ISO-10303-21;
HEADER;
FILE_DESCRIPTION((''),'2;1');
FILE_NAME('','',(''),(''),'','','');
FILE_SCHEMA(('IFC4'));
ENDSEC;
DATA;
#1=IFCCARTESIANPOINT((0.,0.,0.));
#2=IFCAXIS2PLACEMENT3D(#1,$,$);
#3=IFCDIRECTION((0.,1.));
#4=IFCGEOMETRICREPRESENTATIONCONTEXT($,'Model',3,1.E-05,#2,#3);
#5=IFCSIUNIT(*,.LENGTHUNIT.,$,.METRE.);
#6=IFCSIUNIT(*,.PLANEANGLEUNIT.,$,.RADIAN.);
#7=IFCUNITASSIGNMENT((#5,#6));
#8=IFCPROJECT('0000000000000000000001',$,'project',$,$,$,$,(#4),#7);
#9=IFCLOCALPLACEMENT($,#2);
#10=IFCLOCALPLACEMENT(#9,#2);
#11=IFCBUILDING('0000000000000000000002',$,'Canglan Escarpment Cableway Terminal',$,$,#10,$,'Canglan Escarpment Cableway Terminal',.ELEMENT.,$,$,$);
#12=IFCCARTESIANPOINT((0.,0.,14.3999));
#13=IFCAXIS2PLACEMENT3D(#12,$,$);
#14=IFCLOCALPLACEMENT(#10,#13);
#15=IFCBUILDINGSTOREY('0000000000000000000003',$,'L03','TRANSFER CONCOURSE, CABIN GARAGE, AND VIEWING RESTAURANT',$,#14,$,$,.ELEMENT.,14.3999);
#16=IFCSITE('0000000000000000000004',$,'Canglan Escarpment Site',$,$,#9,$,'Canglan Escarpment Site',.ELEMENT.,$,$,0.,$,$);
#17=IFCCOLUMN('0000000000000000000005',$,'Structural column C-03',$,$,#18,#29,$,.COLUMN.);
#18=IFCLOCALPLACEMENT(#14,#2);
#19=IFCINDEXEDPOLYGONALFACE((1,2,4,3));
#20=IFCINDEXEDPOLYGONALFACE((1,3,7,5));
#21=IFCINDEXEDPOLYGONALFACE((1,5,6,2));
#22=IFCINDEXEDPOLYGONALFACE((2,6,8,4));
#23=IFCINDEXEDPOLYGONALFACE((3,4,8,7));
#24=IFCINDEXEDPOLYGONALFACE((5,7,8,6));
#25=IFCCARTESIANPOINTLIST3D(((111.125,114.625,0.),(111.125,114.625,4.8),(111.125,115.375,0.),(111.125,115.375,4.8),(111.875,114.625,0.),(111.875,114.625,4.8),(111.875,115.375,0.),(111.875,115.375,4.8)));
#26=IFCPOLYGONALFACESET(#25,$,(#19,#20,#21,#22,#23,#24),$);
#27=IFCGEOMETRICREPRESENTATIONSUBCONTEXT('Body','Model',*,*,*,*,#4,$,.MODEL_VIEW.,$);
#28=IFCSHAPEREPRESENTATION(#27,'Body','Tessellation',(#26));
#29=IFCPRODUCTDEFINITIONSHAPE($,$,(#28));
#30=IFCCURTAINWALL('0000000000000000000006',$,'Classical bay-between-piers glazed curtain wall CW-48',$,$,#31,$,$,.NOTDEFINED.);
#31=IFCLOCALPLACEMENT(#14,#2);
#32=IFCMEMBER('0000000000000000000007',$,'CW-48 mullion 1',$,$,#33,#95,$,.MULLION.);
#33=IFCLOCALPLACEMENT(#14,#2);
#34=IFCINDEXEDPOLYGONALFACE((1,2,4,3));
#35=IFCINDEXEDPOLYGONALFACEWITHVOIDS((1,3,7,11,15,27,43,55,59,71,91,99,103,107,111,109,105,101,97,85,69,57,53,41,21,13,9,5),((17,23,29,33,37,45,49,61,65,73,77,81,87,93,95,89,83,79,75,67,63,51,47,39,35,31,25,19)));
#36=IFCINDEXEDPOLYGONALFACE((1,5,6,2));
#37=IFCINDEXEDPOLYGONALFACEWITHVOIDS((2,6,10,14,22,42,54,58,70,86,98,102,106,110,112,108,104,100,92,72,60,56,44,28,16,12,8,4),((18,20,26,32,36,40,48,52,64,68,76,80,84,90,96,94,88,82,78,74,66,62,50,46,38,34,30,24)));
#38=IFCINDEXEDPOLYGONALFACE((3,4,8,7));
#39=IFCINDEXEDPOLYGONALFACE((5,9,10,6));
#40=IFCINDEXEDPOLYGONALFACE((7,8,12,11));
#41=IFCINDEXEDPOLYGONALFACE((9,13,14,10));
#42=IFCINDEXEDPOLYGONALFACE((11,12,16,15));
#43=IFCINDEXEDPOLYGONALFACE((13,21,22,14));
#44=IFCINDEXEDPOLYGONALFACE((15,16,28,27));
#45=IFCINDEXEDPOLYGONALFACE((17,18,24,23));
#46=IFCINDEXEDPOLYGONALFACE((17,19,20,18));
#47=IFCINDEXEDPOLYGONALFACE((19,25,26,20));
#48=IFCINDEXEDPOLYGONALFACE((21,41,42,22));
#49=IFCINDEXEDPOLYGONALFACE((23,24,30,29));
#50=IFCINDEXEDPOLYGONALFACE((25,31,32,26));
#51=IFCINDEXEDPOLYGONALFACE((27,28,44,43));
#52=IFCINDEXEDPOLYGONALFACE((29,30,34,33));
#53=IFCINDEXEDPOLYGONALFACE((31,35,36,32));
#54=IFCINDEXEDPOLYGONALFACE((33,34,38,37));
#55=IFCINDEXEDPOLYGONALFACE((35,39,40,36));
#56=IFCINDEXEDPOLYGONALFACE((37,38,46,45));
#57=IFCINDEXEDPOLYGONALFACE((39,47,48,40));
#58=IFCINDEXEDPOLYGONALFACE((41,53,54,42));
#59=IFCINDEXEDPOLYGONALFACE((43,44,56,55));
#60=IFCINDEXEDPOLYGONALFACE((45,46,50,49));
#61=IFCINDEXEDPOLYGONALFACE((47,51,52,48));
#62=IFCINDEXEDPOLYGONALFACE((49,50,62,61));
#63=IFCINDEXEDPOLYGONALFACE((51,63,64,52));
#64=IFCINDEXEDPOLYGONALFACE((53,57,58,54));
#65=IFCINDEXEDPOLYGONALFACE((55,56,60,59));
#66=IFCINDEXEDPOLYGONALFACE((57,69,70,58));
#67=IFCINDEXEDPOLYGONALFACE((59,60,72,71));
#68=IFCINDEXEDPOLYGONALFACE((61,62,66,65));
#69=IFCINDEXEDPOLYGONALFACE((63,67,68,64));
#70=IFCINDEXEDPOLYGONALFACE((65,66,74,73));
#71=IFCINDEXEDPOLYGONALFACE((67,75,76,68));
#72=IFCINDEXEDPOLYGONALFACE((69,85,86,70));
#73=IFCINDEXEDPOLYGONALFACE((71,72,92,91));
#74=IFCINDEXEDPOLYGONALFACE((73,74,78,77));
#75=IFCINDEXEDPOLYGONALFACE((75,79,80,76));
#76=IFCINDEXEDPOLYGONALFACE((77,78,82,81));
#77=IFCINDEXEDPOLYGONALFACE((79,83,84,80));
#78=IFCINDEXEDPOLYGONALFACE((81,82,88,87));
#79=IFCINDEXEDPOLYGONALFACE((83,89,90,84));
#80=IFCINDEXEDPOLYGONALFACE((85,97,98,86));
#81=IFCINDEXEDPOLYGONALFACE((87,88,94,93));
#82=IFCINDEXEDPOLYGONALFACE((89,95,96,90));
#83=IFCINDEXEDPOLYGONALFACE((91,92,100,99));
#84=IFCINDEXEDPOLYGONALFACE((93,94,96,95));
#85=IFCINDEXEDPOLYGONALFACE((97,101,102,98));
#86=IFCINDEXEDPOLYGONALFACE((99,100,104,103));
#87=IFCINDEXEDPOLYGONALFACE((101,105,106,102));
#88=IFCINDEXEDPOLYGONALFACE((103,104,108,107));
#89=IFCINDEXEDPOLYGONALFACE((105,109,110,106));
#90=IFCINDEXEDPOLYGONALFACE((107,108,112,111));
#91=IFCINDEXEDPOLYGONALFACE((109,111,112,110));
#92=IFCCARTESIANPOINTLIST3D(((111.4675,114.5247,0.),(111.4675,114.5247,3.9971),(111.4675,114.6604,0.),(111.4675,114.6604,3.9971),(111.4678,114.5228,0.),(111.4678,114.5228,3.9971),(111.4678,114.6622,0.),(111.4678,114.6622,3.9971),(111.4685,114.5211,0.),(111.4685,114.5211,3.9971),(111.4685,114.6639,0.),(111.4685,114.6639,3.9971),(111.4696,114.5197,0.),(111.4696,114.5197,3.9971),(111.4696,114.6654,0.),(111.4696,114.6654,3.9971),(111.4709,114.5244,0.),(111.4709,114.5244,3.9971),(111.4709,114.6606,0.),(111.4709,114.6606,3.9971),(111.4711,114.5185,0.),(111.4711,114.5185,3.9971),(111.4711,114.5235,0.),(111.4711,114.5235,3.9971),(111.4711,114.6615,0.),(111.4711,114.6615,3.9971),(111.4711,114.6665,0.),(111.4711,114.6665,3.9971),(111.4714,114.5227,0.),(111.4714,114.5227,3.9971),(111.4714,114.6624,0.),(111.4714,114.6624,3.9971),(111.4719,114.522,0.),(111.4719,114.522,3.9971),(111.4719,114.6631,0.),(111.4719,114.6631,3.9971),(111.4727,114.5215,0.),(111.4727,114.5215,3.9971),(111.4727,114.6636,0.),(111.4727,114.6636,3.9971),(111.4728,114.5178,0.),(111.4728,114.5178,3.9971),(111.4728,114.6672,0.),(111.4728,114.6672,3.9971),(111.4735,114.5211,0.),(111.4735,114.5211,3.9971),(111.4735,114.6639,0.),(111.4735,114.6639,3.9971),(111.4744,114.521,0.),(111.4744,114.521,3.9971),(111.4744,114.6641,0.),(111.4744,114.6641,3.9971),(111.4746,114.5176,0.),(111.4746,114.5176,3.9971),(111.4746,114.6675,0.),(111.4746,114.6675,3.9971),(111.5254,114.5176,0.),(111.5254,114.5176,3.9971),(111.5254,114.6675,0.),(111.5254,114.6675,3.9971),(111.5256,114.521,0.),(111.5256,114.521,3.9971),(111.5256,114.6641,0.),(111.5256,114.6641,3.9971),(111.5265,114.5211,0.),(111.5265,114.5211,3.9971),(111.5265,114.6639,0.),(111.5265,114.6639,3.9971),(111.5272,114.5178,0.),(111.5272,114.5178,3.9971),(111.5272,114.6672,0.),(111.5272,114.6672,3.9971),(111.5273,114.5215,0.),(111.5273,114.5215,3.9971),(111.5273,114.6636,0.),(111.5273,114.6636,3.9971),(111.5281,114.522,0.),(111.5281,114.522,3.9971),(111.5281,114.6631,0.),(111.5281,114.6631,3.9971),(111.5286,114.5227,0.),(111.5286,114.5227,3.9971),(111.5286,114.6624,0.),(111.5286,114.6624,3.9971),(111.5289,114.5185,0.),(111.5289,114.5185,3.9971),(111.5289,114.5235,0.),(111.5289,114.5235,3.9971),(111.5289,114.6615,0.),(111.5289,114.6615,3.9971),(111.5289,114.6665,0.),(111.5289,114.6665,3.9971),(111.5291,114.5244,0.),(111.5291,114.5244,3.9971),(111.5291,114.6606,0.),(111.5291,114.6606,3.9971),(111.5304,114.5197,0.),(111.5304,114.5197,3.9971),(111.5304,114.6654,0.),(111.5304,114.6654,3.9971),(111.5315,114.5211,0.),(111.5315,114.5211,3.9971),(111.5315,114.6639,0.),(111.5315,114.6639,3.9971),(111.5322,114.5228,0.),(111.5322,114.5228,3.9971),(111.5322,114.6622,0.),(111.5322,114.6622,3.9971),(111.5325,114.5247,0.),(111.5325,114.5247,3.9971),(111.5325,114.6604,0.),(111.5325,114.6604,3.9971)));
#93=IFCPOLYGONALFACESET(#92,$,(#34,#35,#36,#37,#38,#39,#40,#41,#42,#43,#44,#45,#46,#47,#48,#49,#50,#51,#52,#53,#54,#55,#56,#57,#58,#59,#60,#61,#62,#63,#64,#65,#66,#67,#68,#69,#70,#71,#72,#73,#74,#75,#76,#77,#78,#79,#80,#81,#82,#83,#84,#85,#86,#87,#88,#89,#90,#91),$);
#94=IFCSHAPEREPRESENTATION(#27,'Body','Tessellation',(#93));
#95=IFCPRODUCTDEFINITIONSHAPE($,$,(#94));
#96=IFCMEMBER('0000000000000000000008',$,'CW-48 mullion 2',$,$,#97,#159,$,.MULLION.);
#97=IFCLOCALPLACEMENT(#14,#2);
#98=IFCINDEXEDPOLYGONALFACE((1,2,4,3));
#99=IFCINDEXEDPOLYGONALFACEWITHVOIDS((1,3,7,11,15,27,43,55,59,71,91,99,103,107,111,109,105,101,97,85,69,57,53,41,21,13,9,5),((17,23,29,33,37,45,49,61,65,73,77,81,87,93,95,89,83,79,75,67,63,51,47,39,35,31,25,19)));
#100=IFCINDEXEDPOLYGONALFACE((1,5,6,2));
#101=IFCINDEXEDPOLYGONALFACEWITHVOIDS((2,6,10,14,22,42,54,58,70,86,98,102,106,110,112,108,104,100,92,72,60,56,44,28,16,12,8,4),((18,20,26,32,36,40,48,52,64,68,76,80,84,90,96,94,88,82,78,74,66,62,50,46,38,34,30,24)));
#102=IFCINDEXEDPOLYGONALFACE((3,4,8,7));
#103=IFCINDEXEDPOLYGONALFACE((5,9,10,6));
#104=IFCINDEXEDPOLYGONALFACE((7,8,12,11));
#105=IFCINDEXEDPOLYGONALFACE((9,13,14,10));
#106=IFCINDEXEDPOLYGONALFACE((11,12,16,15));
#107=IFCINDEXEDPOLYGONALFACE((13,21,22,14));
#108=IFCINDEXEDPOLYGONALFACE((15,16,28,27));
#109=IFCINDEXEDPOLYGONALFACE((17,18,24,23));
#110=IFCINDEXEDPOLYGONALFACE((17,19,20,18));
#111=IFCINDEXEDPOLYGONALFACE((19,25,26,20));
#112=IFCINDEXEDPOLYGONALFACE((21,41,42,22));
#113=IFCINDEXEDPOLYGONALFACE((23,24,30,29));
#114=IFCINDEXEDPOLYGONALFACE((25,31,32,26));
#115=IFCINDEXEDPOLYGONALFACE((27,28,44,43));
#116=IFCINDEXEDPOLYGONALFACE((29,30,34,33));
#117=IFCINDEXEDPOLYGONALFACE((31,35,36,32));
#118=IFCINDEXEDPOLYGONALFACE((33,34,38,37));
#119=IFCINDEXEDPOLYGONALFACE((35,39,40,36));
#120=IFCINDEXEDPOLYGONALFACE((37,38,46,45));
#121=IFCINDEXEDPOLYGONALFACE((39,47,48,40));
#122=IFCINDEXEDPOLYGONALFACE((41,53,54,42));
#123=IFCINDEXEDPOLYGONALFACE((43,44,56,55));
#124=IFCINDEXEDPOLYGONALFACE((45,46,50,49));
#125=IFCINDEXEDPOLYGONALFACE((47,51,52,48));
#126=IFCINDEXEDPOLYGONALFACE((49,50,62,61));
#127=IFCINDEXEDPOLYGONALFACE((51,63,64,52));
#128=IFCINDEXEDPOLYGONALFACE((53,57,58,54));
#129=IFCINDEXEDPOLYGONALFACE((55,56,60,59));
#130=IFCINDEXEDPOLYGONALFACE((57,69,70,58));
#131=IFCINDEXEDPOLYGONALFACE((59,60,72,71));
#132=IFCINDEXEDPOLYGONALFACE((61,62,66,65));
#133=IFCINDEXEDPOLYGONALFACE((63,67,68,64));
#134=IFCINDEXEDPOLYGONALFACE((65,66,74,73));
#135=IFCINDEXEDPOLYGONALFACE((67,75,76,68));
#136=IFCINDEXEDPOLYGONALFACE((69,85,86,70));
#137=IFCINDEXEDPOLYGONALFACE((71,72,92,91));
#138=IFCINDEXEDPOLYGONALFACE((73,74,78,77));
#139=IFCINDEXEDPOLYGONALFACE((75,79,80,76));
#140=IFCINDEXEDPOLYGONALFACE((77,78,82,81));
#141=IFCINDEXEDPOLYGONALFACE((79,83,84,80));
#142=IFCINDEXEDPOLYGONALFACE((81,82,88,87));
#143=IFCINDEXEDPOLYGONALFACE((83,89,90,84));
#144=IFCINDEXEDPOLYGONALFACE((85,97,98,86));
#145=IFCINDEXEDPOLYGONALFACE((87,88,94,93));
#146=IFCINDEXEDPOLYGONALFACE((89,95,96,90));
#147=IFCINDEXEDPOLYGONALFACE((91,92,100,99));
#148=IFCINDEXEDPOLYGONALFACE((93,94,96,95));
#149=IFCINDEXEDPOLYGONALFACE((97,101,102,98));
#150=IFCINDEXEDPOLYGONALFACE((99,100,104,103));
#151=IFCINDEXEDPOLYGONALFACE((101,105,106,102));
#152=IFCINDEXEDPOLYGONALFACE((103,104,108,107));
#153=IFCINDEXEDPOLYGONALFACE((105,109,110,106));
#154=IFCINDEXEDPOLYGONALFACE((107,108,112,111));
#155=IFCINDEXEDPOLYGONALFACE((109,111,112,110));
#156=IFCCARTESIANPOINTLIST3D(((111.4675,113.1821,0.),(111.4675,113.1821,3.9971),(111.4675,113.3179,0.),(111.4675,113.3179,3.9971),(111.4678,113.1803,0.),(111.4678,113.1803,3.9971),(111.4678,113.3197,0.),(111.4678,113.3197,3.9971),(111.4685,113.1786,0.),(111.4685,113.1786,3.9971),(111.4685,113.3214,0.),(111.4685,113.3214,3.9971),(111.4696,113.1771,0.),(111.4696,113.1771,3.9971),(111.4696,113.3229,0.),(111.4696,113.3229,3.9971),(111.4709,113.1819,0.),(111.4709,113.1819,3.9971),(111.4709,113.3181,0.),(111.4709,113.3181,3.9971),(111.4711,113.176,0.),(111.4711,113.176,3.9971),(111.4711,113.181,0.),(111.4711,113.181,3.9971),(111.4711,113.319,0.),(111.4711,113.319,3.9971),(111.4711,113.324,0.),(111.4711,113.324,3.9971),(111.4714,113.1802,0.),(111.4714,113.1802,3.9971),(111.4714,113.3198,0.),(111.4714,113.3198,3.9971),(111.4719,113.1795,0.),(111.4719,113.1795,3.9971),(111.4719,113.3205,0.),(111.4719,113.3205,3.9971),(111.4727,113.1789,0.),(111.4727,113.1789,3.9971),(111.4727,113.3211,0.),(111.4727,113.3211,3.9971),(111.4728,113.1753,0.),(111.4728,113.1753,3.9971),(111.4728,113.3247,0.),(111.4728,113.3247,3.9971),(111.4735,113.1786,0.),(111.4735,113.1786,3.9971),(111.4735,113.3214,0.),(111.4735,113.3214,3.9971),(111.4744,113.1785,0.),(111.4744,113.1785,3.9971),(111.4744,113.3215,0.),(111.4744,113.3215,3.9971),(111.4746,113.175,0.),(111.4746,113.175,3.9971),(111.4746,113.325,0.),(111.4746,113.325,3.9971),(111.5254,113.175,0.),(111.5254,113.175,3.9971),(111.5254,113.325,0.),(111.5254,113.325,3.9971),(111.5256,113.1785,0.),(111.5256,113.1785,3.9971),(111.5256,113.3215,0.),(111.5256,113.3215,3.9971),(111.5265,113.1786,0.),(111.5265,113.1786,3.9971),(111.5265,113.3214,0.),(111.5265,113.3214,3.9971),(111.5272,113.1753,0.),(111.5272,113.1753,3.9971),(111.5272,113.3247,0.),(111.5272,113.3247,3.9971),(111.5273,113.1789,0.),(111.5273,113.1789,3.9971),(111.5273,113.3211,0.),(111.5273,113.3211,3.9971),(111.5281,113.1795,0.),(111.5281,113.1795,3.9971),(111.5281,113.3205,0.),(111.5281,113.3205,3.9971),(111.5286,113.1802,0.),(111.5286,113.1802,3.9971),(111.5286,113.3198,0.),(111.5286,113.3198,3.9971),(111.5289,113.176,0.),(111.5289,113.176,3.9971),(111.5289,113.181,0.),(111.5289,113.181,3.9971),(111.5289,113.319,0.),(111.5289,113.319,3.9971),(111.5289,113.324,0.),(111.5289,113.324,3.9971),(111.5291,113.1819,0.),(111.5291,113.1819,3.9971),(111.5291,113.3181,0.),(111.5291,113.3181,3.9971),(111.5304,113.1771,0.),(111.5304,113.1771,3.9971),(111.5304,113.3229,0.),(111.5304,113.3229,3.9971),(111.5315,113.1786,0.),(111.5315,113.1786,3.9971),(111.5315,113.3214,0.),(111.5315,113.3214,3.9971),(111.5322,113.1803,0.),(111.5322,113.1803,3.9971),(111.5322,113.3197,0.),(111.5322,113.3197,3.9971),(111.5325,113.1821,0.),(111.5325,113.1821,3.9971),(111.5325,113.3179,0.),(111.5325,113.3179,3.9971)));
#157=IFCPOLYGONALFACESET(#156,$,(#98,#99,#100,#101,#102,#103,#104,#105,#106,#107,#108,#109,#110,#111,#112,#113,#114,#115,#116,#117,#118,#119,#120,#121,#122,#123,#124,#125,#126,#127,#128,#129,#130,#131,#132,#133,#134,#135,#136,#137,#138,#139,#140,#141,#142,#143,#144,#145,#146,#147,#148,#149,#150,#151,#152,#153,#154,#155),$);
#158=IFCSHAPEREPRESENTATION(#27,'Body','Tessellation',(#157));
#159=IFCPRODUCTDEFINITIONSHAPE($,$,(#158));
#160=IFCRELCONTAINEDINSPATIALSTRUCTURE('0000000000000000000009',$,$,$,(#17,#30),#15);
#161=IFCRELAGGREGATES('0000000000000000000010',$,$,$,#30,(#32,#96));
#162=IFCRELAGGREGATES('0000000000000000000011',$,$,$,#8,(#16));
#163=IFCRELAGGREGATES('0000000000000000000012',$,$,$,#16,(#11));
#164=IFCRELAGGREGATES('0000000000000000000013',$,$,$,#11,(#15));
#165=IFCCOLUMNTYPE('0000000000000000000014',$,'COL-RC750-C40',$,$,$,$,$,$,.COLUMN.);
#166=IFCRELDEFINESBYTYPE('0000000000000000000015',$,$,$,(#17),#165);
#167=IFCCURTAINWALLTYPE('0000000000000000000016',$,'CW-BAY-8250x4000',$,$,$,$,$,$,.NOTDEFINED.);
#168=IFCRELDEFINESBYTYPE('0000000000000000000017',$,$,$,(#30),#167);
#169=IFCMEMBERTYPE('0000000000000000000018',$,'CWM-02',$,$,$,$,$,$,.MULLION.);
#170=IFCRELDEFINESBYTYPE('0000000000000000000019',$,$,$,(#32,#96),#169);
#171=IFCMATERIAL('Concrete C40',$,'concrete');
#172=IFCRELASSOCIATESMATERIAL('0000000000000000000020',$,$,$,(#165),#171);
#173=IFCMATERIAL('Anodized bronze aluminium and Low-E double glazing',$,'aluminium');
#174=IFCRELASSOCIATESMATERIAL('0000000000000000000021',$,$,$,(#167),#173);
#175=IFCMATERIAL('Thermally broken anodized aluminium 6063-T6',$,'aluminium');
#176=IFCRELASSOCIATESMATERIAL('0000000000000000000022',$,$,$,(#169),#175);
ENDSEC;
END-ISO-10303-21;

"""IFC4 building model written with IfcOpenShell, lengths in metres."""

from ifc_helpers import new_model, si_unit, direction, frame, origin, origin_2d, place, context, subcontext, project, spatial, rectangle, hollow_rectangle, extrude, material, material_profile, profile_set, type_object, element, aggregate, save


model = new_model("IFC4")

# Units and contexts
model_context = context("Model", 3, precision=1e-05, world=origin(), true_north=direction((0.0, 1.0)))
body_context = subcontext(model_context, "Body", "Model", "MODEL_VIEW")
ifc_project = project(units=[si_unit("LENGTHUNIT", "METRE"), si_unit("PLANEANGLEUNIT", "RADIAN")], contexts=[model_context])

# Site, building, storey
site_placement = place(None, origin())
site = spatial("IfcSite", under=ifc_project, at=site_placement, Name="Canglan Escarpment Site", LongName="Canglan Escarpment Site", CompositionType="ELEMENT", RefElevation=0.0)
building_placement = place(site_placement, origin())
building = spatial("IfcBuilding", under=site, at=building_placement, Name="Canglan Escarpment Cableway Terminal", LongName="Canglan Escarpment Cableway Terminal", CompositionType="ELEMENT")
storey_placement = place(building_placement, frame((0.0, 0.0, 14.3999)))
storey = spatial("IfcBuildingStorey", under=building, at=storey_placement, Name="L03", Description="TRANSFER CONCOURSE, CABIN GARAGE, AND VIEWING RESTAURANT", CompositionType="ELEMENT", Elevation=14.3999)

# Column
ifc_material_1 = material(Name="Concrete C40", Category="concrete")
ifc_material_profile_1 = material_profile(ifc_material_1, rectangle(XDim=0.75, YDim=0.75, at=origin_2d()), Name="RC 750x750")
ifc_profile_set_1 = profile_set([ifc_material_profile_1], Name="Concrete C40")
column_type = type_object("IfcColumnType", Name="COL-RC750-C40", PredefinedType="COLUMN", material=ifc_profile_set_1)
column_placement = place(storey_placement, frame((111.5, 115.0, 0.0), z_axis=(0.0, 0.0, 1.0), x_axis=(1.0, 0.0, 0.0)))
element("IfcColumn", 1, at=column_placement, inside=storey, type_object=column_type, Name="Structural column C-03", PredefinedType="COLUMN", context=body_context, shape_type="SweptSolid", body=[
    extrude(rectangle(XDim=0.75, YDim=0.75, at=origin_2d()), origin(), (0.0, 0.0, 1.0), 4.8),
])

# Curtain wall, members
ifc_material_2 = material(Name="Anodized bronze aluminium and Low-E double glazing", Category="aluminium")
curtain_wall_type = type_object("IfcCurtainWallType", Name="CW-BAY-8250x4000", PredefinedType="NOTDEFINED", material=ifc_material_2)
curtain_wall_placement = place(storey_placement, origin())
curtain_wall = element("IfcCurtainWall", 2, at=curtain_wall_placement, inside=storey, type_object=curtain_wall_type, Name="Classical bay-between-piers glazed curtain wall CW-48", PredefinedType="NOTDEFINED")
ifc_material_3 = material(Name="Thermally broken anodized aluminium 6063-T6", Category="aluminium")
ifc_material_profile_2 = material_profile(ifc_material_3, hollow_rectangle(XDim=0.0649, YDim=0.1499, WallThickness=0.0034, InnerFilletRadius=0.0034, OuterFilletRadius=0.0071, at=origin_2d()), Name="ALU-MULL 65x150x3.5")
ifc_profile_set_2 = profile_set([ifc_material_profile_2], Name="Thermally broken anodized aluminium 6063-T6")
member_type_1 = type_object("IfcMemberType", Name="CWM-02", PredefinedType="MULLION", material=ifc_profile_set_2)
member_1_placement = place(storey_placement, frame((111.5, 114.5925, 0.0), z_axis=(0.0, 0.0, 1.0), x_axis=(1.0, 0.0, 0.0)))
member_1 = element("IfcMember", 3, at=member_1_placement, type_object=member_type_1, Name="CW-48 mullion 1", PredefinedType="MULLION", context=body_context, shape_type="SweptSolid", body=[
    extrude(hollow_rectangle(XDim=0.0649, YDim=0.1499, WallThickness=0.0034, InnerFilletRadius=0.0034, OuterFilletRadius=0.0071, at=origin_2d()), origin(), (0.0, 0.0, 1.0), 3.9971),
])
member_2_placement = place(storey_placement, frame((111.5, 113.25, 0.0), z_axis=(0.0, 0.0, 1.0), x_axis=(1.0, 0.0, 0.0)))
member_2 = element("IfcMember", 4, at=member_2_placement, type_object=member_type_1, Name="CW-48 mullion 2", PredefinedType="MULLION", context=body_context, shape_type="SweptSolid", body=[
    extrude(hollow_rectangle(XDim=0.0649, YDim=0.1499, WallThickness=0.0034, InnerFilletRadius=0.0034, OuterFilletRadius=0.0071, at=origin_2d()), origin(), (0.0, 0.0, 1.0), 3.9971),
])
aggregate(curtain_wall, [member_1, member_2])

save(model, "model.ifc")
